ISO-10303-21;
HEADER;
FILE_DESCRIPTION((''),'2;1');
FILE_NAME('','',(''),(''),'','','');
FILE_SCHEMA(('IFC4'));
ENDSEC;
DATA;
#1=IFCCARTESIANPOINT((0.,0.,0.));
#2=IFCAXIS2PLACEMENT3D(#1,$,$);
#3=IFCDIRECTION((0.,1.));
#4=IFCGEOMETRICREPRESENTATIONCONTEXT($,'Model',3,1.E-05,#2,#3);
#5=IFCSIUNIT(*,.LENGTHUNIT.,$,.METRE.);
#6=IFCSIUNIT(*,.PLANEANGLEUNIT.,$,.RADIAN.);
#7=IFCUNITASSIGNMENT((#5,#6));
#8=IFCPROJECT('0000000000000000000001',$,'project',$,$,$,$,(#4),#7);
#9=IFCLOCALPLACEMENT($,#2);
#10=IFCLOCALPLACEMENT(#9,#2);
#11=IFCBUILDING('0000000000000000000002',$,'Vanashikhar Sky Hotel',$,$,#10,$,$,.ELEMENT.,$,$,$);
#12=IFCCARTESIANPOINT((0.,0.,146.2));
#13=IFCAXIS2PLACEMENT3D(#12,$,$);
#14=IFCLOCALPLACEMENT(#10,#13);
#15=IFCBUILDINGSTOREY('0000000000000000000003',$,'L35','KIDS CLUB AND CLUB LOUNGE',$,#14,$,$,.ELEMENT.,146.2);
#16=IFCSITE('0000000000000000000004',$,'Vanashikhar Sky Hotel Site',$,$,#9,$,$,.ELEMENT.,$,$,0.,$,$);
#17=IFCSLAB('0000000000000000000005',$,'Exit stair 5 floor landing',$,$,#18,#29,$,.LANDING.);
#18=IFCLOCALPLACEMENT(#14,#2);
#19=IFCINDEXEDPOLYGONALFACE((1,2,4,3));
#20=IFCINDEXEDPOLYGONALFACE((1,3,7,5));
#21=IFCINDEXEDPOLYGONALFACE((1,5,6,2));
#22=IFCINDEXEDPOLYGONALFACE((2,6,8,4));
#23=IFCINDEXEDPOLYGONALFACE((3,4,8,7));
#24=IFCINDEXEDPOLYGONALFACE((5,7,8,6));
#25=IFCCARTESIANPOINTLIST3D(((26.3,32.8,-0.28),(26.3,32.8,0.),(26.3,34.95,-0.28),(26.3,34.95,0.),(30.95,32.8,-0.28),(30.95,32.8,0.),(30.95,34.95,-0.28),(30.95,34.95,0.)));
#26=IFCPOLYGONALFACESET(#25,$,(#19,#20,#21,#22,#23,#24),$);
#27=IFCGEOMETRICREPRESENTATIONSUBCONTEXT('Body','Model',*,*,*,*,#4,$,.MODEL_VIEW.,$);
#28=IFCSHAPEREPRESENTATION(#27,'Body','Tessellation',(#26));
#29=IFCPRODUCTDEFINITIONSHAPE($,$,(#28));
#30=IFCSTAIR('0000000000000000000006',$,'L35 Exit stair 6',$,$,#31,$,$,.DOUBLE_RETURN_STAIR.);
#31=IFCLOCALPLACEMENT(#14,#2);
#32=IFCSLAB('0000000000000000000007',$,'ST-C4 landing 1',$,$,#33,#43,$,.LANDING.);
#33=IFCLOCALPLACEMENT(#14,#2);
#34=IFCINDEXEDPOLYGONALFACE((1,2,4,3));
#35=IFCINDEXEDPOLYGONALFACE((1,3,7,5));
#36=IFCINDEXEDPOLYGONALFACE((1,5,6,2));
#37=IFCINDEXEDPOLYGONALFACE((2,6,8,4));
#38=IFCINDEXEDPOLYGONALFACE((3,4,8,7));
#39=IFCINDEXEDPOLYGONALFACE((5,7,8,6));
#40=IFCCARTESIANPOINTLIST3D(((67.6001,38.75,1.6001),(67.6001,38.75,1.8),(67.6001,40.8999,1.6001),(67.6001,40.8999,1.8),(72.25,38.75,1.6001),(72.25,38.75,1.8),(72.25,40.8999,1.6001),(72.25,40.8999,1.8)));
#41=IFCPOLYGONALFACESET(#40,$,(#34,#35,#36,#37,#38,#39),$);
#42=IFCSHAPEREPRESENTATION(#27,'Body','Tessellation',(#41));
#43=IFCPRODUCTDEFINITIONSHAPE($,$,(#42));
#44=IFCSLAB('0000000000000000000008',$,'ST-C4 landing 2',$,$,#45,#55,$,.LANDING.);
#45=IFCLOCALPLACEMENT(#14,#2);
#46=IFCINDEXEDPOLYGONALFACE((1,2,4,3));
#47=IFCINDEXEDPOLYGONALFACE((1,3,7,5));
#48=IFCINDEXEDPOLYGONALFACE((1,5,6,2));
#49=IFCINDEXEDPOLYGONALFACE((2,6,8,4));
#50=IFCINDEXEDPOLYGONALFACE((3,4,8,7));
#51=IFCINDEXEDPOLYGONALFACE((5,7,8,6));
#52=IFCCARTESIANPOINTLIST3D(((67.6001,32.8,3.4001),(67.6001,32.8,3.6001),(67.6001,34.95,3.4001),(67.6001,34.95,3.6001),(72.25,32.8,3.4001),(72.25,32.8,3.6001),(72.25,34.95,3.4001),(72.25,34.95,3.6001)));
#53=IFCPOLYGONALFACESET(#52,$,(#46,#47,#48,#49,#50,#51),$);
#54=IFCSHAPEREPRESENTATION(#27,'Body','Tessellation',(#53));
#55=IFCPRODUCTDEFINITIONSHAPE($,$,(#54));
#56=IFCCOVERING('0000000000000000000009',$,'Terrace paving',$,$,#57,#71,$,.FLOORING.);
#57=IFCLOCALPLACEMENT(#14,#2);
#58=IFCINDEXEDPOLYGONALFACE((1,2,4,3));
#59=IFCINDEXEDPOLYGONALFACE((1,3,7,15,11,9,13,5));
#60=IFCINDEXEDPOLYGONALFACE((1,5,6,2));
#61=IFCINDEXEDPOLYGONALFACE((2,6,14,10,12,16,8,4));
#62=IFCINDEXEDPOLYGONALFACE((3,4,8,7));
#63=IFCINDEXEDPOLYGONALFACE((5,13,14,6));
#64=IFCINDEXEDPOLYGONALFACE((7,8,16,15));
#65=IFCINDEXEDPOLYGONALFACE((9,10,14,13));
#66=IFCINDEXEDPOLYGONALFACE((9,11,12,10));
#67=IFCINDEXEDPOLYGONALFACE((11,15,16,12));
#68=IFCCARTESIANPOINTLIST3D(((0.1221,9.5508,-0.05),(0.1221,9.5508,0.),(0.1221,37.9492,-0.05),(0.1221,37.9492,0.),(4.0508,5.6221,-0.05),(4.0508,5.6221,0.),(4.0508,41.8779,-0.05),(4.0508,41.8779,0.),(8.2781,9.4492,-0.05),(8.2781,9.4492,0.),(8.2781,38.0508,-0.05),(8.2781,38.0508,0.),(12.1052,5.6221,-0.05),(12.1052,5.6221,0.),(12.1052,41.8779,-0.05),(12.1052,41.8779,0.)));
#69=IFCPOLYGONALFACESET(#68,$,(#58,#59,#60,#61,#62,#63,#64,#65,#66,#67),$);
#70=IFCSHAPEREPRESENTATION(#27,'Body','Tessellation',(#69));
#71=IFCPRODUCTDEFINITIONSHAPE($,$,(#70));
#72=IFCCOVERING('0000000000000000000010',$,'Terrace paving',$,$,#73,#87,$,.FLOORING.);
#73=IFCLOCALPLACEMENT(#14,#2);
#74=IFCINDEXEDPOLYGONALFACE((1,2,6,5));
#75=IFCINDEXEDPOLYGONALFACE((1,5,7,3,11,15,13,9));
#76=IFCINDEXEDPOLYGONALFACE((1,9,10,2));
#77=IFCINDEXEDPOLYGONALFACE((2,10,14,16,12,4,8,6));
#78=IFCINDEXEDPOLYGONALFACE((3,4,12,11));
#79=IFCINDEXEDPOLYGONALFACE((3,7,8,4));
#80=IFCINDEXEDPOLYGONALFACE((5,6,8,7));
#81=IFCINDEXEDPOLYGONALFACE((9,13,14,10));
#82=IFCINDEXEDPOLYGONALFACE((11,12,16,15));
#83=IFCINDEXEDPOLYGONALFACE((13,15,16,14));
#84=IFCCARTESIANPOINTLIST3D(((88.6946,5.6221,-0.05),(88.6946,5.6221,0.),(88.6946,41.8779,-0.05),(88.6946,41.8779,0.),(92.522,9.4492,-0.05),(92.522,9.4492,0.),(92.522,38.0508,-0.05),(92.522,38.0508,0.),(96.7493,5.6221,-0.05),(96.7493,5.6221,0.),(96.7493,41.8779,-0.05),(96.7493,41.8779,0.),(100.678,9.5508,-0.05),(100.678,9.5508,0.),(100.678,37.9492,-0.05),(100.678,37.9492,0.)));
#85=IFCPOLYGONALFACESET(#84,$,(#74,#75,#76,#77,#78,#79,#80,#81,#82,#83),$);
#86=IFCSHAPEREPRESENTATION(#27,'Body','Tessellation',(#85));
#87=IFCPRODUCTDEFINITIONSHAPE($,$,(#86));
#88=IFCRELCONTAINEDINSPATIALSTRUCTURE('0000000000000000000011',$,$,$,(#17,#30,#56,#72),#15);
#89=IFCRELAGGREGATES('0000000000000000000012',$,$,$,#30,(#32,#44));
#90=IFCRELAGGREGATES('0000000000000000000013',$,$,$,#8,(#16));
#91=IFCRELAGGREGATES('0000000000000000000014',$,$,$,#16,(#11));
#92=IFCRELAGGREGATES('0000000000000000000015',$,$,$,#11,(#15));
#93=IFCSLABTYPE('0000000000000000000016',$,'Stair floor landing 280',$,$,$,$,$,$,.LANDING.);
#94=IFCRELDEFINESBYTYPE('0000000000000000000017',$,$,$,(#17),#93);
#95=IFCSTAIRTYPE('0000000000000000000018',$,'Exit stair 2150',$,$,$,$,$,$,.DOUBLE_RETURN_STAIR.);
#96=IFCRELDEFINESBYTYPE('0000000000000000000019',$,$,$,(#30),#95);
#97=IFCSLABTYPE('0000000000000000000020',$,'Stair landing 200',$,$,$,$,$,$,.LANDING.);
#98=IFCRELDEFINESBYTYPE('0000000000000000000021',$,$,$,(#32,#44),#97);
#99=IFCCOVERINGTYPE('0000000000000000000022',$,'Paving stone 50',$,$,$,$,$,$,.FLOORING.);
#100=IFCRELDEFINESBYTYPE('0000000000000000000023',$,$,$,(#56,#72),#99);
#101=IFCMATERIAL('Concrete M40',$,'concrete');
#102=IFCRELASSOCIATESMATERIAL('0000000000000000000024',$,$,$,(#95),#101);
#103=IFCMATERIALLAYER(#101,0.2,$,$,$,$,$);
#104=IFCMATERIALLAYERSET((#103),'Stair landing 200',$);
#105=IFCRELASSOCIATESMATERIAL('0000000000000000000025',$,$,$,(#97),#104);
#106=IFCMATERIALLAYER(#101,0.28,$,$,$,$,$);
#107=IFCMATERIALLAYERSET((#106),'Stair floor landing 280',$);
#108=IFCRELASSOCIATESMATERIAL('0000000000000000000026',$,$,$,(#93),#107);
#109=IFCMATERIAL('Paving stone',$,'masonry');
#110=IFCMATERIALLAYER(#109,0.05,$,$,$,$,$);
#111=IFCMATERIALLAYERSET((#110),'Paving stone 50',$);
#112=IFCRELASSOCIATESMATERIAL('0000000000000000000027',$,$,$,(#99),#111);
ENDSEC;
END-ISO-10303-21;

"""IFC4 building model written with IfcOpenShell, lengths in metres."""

from ifc_helpers import new_model, si_unit, direction, frame, origin, place, context, subcontext, project, spatial, polyline, outline, extrude, source, transform, mapped, material, layer, layer_set, type_object, element, aggregate, save


model = new_model("IFC4")

# Units and contexts
model_context = context("Model", 3, precision=1e-05, world=origin(), true_north=direction((0.0, 1.0)))
body_context = subcontext(model_context, "Body", "Model", "MODEL_VIEW")
ifc_project = project(units=[si_unit("LENGTHUNIT", "METRE"), si_unit("PLANEANGLEUNIT", "RADIAN")], contexts=[model_context])

# Site, building, storey
site_placement = place(None, origin())
site = spatial("IfcSite", under=ifc_project, at=site_placement, Name="Vanashikhar Sky Hotel Site", CompositionType="ELEMENT", RefElevation=0.0)
building_placement = place(site_placement, origin())
building = spatial("IfcBuilding", under=site, at=building_placement, Name="Vanashikhar Sky Hotel", CompositionType="ELEMENT")
storey_placement = place(building_placement, frame((0.0, 0.0, 146.2)))
storey = spatial("IfcBuildingStorey", under=building, at=storey_placement, Name="L35", Description="KIDS CLUB AND CLUB LOUNGE", CompositionType="ELEMENT", Elevation=146.2)

# Shared definitions
ifc_material_1 = material(Name="Concrete M40", Category="concrete")

# Shared definitions
stair_type = type_object("IfcStairType", Name="Exit stair 2150", PredefinedType="DOUBLE_RETURN_STAIR", material=ifc_material_1)
ifc_layer_1 = layer(ifc_material_1, 0.2)
ifc_layer_set_1 = layer_set([ifc_layer_1], Name="Stair landing 200")
slab_type_1 = type_object("IfcSlabType", Name="Stair landing 200", PredefinedType="LANDING", material=ifc_layer_set_1)

# Shared definitions
ifc_layer_2 = layer(ifc_material_1, 0.28)
ifc_layer_set_2 = layer_set([ifc_layer_2], Name="Stair floor landing 280")
slab_type_2 = type_object("IfcSlabType", Name="Stair floor landing 280", PredefinedType="LANDING", material=ifc_layer_set_2)

# Slab
shared_shape_1 = source(origin(), body_context, "Body", "SweptSolid", [
    extrude(outline(polyline([(30.95, 32.8), (30.95, 34.95), (26.3, 34.95), (26.3, 32.8), (30.95, 32.8)])), origin(), (0.0, 0.0, 1.0), 0.28),
])
slab_1_placement = place(storey_placement, frame((0.0, 0.0, -0.28)))
element("IfcSlab", 1, at=slab_1_placement, inside=storey, type_object=slab_type_2, Name="Exit stair 5 floor landing", PredefinedType="LANDING", context=body_context, shape_type="MappedRepresentation", body=[
    mapped(shared_shape_1, transform((0.0, 0.0, 0.0), scale=1.0)),
])

# Stair, slabs
stair_1_placement = place(storey_placement, origin())
stair_1 = element("IfcStair", 2, at=stair_1_placement, inside=storey, type_object=stair_type, Name="L35 Exit stair 6", PredefinedType="DOUBLE_RETURN_STAIR")
shared_shape_2 = source(origin(), body_context, "Body", "SweptSolid", [
    extrude(outline(polyline([(72.25, 38.75), (72.25, 40.8999), (67.6001, 40.8999), (67.6001, 38.75), (72.25, 38.75)])), origin(), (0.0, 0.0, 1.0), 0.2),
])
slab_2_placement = place(storey_placement, frame((0.0, 0.0, 1.6001)))
slab_2 = element("IfcSlab", 3, at=slab_2_placement, type_object=slab_type_1, Name="ST-C4 landing 1", PredefinedType="LANDING", context=body_context, shape_type="MappedRepresentation", body=[
    mapped(shared_shape_2, transform((0.0, 0.0, 0.0), scale=1.0)),
])
shared_shape_3 = source(origin(), body_context, "Body", "SweptSolid", [
    extrude(outline(polyline([(72.25, 32.8), (72.25, 34.95), (67.6001, 34.95), (67.6001, 32.8), (72.25, 32.8)])), origin(), (0.0, 0.0, 1.0), 0.2),
])
slab_3_placement = place(storey_placement, frame((0.0, 0.0, 3.4001)))
slab_3 = element("IfcSlab", 4, at=slab_3_placement, type_object=slab_type_1, Name="ST-C4 landing 2", PredefinedType="LANDING", context=body_context, shape_type="MappedRepresentation", body=[
    mapped(shared_shape_3, transform((0.0, 0.0, 0.0), scale=1.0)),
])
aggregate(stair_1, [slab_2, slab_3])

# Coverings
ifc_material_2 = material(Name="Paving stone", Category="masonry")
ifc_layer_3 = layer(ifc_material_2, 0.05)
ifc_layer_set_3 = layer_set([ifc_layer_3], Name="Paving stone 50")
covering_type = type_object("IfcCoveringType", Name="Paving stone 50", PredefinedType="FLOORING", material=ifc_layer_set_3)
shared_shape_4 = source(origin(), body_context, "Body", "SweptSolid", [
    extrude(outline(polyline([(12.1052, 5.6221), (4.0508, 5.6221), (0.1221, 9.5508), (0.1221, 37.9492), (4.0508, 41.8779), (12.1052, 41.8779), (8.2781, 38.0508), (8.2781, 9.4492), (12.1052, 5.6221)])), origin(), (0.0, 0.0, 1.0), 0.05),
])
covering_1_placement = place(storey_placement, frame((0.0, 0.0, -0.05)))
element("IfcCovering", 5, at=covering_1_placement, inside=storey, type_object=covering_type, Name="Terrace paving", PredefinedType="FLOORING", context=body_context, shape_type="MappedRepresentation", body=[
    mapped(shared_shape_4, transform((0.0, 0.0, 0.0), scale=1.0)),
])
shared_shape_5 = source(origin(), body_context, "Body", "SweptSolid", [
    extrude(outline(polyline([(88.6946, 41.8779), (96.7493, 41.8779), (100.678, 37.9492), (100.678, 9.5508), (96.7493, 5.6221), (88.6946, 5.6221), (92.522, 9.4492), (92.522, 38.0508), (88.6946, 41.8779)])), origin(), (0.0, 0.0, 1.0), 0.05),
])
covering_2_placement = place(storey_placement, frame((0.0, 0.0, -0.05)))
element("IfcCovering", 6, at=covering_2_placement, inside=storey, type_object=covering_type, Name="Terrace paving", PredefinedType="FLOORING", context=body_context, shape_type="MappedRepresentation", body=[
    mapped(shared_shape_5, transform((0.0, 0.0, 0.0), scale=1.0)),
])

save(model, "model.ifc")
